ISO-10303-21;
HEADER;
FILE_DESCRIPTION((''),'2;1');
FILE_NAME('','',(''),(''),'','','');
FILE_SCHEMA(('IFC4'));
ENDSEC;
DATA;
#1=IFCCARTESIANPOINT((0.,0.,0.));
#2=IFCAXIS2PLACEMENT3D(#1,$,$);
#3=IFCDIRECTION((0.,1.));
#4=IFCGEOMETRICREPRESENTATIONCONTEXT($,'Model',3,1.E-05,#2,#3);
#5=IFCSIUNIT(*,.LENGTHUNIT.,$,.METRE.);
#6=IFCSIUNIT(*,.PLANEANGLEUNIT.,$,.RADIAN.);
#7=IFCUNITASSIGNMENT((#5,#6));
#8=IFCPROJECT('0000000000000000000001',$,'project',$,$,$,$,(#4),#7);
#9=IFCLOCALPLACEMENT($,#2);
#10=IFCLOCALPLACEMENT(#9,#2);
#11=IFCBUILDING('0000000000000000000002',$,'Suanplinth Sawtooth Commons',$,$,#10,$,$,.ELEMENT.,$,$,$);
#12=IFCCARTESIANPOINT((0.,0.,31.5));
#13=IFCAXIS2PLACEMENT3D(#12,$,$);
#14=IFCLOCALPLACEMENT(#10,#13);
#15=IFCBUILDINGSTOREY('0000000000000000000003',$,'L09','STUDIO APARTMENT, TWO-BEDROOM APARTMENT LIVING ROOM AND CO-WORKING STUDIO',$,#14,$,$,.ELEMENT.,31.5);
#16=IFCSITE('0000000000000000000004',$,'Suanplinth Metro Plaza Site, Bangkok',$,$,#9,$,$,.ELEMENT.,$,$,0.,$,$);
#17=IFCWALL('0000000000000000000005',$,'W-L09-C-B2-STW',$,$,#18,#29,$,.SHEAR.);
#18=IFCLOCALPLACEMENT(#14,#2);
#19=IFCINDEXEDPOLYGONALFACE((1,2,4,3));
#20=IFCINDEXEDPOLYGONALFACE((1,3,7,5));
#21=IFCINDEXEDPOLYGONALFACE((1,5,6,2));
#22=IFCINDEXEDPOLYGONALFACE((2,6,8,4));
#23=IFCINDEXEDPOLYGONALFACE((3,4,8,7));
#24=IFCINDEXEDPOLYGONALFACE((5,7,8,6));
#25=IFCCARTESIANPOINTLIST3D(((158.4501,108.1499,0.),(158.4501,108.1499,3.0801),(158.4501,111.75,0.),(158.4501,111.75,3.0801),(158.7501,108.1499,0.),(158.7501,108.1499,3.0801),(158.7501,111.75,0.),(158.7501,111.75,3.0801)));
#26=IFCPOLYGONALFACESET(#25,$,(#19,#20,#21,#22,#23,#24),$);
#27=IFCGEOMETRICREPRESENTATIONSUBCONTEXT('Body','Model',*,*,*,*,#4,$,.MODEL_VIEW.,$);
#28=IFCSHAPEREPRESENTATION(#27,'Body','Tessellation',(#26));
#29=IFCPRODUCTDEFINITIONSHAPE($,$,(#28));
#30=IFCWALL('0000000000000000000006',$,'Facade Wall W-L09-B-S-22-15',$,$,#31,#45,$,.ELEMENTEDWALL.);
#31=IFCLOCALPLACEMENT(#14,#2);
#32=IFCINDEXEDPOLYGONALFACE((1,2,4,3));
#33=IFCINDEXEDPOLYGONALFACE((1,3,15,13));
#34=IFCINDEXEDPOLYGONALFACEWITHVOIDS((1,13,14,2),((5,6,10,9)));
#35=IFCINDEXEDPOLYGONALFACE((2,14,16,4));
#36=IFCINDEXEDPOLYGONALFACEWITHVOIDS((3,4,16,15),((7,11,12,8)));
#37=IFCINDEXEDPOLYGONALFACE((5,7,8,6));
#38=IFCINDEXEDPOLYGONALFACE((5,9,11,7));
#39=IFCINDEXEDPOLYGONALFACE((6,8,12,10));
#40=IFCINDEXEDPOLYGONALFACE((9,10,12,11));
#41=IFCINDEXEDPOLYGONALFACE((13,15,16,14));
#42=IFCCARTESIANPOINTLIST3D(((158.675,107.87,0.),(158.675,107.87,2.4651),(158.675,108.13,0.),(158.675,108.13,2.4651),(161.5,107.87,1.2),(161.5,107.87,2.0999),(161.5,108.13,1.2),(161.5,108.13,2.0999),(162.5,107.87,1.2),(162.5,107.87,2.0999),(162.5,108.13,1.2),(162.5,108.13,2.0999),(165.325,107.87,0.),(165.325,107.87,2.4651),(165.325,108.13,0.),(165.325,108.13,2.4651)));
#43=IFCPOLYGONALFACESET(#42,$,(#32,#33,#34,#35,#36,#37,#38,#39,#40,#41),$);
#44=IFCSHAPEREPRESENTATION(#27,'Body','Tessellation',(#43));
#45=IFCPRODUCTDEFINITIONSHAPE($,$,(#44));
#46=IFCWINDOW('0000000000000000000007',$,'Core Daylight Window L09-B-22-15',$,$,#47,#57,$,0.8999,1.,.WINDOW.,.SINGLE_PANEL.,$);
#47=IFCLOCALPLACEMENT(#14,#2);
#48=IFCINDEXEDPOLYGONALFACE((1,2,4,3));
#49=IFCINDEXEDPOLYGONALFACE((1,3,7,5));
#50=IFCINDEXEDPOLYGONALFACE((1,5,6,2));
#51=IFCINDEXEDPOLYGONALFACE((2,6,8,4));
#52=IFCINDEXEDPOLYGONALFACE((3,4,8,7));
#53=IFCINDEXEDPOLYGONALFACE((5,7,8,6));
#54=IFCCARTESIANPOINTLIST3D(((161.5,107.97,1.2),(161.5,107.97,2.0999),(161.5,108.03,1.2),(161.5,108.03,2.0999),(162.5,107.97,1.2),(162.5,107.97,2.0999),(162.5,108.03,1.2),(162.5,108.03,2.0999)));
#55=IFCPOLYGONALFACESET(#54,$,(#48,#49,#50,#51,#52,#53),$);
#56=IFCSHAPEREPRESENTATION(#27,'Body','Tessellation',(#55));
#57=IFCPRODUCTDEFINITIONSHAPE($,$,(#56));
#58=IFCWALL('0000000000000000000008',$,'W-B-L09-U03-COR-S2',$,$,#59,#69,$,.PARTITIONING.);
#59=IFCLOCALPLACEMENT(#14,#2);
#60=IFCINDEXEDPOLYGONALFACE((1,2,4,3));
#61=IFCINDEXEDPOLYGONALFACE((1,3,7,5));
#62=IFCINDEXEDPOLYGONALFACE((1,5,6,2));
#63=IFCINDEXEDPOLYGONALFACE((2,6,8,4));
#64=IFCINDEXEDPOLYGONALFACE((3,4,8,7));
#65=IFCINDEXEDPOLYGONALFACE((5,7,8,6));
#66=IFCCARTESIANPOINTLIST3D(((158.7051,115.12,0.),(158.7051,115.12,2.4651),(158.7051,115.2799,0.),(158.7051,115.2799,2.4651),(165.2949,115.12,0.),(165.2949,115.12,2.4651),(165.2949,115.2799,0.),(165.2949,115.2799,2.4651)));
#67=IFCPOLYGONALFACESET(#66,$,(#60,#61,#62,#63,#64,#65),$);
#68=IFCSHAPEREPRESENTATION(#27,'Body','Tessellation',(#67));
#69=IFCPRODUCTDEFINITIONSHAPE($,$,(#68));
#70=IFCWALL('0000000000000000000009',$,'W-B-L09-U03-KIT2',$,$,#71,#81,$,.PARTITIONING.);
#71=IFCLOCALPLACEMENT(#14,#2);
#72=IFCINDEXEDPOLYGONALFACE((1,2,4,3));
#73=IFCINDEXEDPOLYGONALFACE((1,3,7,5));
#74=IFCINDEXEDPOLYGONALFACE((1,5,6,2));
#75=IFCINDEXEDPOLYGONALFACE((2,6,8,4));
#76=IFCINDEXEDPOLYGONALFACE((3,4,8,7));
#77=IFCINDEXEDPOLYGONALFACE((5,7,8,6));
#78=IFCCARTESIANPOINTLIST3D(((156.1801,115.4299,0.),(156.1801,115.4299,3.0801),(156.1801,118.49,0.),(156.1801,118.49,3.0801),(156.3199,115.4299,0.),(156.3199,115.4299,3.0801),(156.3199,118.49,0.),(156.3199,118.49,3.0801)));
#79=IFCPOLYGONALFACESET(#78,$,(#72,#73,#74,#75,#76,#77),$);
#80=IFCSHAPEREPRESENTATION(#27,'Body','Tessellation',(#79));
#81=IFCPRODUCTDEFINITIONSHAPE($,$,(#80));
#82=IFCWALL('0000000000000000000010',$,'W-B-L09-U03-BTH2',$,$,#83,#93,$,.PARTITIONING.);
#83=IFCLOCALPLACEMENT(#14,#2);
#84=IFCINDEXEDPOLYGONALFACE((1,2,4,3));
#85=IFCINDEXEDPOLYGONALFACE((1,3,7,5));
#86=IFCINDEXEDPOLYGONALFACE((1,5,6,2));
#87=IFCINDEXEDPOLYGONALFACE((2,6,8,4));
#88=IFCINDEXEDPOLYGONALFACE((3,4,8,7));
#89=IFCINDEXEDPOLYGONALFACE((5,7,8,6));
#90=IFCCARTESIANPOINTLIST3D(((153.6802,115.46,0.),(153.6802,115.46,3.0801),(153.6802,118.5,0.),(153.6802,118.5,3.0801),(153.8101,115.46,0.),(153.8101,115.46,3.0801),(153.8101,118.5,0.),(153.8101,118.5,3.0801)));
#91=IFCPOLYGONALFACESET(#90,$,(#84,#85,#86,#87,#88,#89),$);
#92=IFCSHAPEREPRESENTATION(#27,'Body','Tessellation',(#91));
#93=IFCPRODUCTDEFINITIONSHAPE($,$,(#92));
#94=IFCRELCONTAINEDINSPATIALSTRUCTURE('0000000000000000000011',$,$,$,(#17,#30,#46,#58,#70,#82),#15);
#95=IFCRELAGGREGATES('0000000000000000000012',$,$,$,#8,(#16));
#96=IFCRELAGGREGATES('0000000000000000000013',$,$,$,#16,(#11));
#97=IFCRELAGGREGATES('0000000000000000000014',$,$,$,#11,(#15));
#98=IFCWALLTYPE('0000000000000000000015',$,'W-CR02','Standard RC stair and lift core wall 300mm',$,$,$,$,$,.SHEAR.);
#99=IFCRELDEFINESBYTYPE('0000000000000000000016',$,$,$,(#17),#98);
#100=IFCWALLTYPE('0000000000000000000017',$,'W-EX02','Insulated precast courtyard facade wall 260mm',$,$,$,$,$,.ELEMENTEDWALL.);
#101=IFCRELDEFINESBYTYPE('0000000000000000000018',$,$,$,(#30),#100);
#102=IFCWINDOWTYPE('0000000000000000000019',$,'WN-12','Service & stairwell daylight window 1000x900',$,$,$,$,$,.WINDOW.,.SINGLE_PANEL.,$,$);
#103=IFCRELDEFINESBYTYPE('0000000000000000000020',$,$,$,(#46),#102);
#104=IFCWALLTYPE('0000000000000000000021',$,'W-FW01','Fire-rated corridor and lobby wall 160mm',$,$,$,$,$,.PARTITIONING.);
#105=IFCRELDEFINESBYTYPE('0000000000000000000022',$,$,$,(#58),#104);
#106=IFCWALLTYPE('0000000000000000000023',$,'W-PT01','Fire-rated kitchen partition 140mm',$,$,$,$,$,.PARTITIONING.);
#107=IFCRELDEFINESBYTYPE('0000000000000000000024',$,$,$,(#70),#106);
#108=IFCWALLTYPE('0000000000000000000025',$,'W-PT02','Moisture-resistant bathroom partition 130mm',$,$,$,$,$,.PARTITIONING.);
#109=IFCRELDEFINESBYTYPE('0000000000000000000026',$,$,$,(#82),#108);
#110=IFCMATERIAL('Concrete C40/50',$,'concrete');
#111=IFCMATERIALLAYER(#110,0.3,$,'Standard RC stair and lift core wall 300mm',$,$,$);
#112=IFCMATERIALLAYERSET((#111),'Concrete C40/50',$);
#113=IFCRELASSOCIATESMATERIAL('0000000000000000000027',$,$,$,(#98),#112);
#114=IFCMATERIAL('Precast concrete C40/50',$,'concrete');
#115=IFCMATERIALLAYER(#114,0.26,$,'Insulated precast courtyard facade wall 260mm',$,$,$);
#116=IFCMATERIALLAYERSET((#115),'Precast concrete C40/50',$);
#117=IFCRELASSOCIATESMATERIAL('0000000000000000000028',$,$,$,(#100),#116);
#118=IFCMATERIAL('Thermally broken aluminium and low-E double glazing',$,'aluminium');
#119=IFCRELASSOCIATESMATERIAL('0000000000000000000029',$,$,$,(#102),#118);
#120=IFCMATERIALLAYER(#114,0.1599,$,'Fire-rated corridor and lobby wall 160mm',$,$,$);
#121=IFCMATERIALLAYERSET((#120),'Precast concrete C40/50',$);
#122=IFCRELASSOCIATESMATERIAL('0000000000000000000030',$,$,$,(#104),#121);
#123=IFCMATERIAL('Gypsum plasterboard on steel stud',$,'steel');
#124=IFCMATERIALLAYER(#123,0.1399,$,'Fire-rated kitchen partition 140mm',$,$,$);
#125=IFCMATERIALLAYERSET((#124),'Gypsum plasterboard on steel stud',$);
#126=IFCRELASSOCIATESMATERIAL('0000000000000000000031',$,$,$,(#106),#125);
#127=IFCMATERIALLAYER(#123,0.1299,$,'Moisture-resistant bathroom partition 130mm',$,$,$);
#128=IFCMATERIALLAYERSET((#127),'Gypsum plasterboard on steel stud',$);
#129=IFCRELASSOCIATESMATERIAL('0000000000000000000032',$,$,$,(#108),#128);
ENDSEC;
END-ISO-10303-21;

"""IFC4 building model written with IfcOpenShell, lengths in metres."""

from ifc_helpers import new_model, si_unit, direction, frame, frame_2d, origin, place, context, subcontext, project, spatial, rectangle, extrude, material, layer, layer_set, type_object, element, fill, save


model = new_model("IFC4")

# Units and contexts
model_context = context("Model", 3, precision=1e-05, world=origin(), true_north=direction((0.0, 1.0)))
body_context = subcontext(model_context, "Body", "Model", "MODEL_VIEW")
ifc_project = project(units=[si_unit("LENGTHUNIT", "METRE"), si_unit("PLANEANGLEUNIT", "RADIAN")], contexts=[model_context])

# Site, building, storey
site_placement = place(None, origin())
site = spatial("IfcSite", under=ifc_project, at=site_placement, Name="Suanplinth Metro Plaza Site, Bangkok", CompositionType="ELEMENT", RefElevation=0.0)
building_placement = place(site_placement, origin())
building = spatial("IfcBuilding", under=site, at=building_placement, Name="Suanplinth Sawtooth Commons", CompositionType="ELEMENT")
storey_placement = place(building_placement, frame((0.0, 0.0, 31.5)))
storey = spatial("IfcBuildingStorey", under=building, at=storey_placement, Name="L09", Description="STUDIO APARTMENT, TWO-BEDROOM APARTMENT LIVING ROOM AND CO-WORKING STUDIO", CompositionType="ELEMENT", Elevation=31.5)

# Shared definitions
ifc_material_1 = material(Name="Precast concrete C40/50", Category="concrete")

# Shared definitions
ifc_material_2 = material(Name="Concrete C40/50", Category="concrete")
ifc_layer_1 = layer(ifc_material_2, 0.3, Name="Standard RC stair and lift core wall 300mm")
ifc_layer_set_1 = layer_set([ifc_layer_1], Name="Concrete C40/50")
wall_type_1 = type_object("IfcWallType", Name="W-CR02", Description="Standard RC stair and lift core wall 300mm", PredefinedType="SHEAR", material=ifc_layer_set_1)

# Wall
wall_1_placement = place(storey_placement, frame((158.6001, 108.1499, 0.0), z_axis=(0.0, 0.0, 1.0), x_axis=(0.0, 1.0, 0.0)))
element("IfcWall", 1, at=wall_1_placement, inside=storey, type_object=wall_type_1, Name="W-L09-C-B2-STW", PredefinedType="SHEAR", context=body_context, shape_type="SweptSolid", body=[
    extrude(rectangle(XDim=3.6001, YDim=0.3, at=frame_2d((1.8, 0.0))), origin(), (0.0, 0.0, 1.0), 3.0801),
])

# Wall, opening, window
ifc_layer_2 = layer(ifc_material_1, 0.26, Name="Insulated precast courtyard facade wall 260mm")
ifc_layer_set_2 = layer_set([ifc_layer_2], Name="Precast concrete C40/50")
wall_type_2 = type_object("IfcWallType", Name="W-EX02", Description="Insulated precast courtyard facade wall 260mm", PredefinedType="ELEMENTEDWALL", material=ifc_layer_set_2)
wall_2_placement = place(storey_placement, frame((158.675, 108.0, 0.0), z_axis=(0.0, 0.0, 1.0), x_axis=(1.0, 0.0, 0.0)))
wall_2 = element("IfcWall", 2, at=wall_2_placement, inside=storey, type_object=wall_type_2, Name="Facade Wall W-L09-B-S-22-15", PredefinedType="ELEMENTEDWALL", context=body_context, shape_type="SweptSolid", body=[
    extrude(rectangle(XDim=6.6499, YDim=0.26, at=frame_2d((3.325, 0.0))), origin(), (0.0, 0.0, 1.0), 2.4651),
])
opening_1_placement = place(wall_2_placement, frame((2.825, 0.0, 1.2)))
opening_1 = element("IfcOpeningElement", 3, at=opening_1_placement, cuts=wall_2, PredefinedType="OPENING", context=body_context, shape_type="SweptSolid", body=[
    extrude(rectangle(XDim=1.0, YDim=0.8999, at=frame_2d((0.5, 0.45))), frame((0.0, 0.145, 0.0), z_axis=(0.0, -1.0, 0.0), x_axis=(1.0, 0.0, 0.0)), (0.0, 0.0, 1.0), 0.2898),
])
ifc_material_3 = material(Name="Thermally broken aluminium and low-E double glazing", Category="aluminium")
window_type = type_object("IfcWindowType", Name="WN-12", Description="Service & stairwell daylight window 1000x900", PartitioningType="SINGLE_PANEL", PredefinedType="WINDOW", material=ifc_material_3)
window_placement = place(opening_1_placement, origin())
window = element("IfcWindow", 4, at=window_placement, inside=storey, type_object=window_type, Name="Core Daylight Window L09-B-22-15", OverallHeight=0.8999, OverallWidth=1.0, PartitioningType="SINGLE_PANEL", PredefinedType="WINDOW", context=body_context, shape_type="SweptSolid", body=[
    extrude(rectangle(XDim=1.0, YDim=0.8999, at=frame_2d((0.5, 0.45))), frame((0.0, 0.03, 0.0), z_axis=(0.0, -1.0, 0.0), x_axis=(1.0, 0.0, 0.0)), (0.0, 0.0, 1.0), 0.0601),
])
fill(opening_1, window)

# Shared definitions
ifc_layer_3 = layer(ifc_material_1, 0.1599, Name="Fire-rated corridor and lobby wall 160mm")
ifc_layer_set_3 = layer_set([ifc_layer_3], Name="Precast concrete C40/50")
wall_type_3 = type_object("IfcWallType", Name="W-FW01", Description="Fire-rated corridor and lobby wall 160mm", PredefinedType="PARTITIONING", material=ifc_layer_set_3)

# Walls
wall_3_placement = place(storey_placement, frame((158.7051, 115.2, 0.0), z_axis=(0.0, 0.0, 1.0), x_axis=(1.0, 0.0, 0.0)))
element("IfcWall", 5, at=wall_3_placement, inside=storey, type_object=wall_type_3, Name="W-B-L09-U03-COR-S2", PredefinedType="PARTITIONING", context=body_context, shape_type="SweptSolid", body=[
    extrude(rectangle(XDim=6.5898, YDim=0.1599, at=frame_2d((3.2949, 0.0))), origin(), (0.0, 0.0, 1.0), 2.4651),
])
ifc_material_4 = material(Name="Gypsum plasterboard on steel stud", Category="steel")
ifc_layer_4 = layer(ifc_material_4, 0.1399, Name="Fire-rated kitchen partition 140mm")
ifc_layer_set_4 = layer_set([ifc_layer_4], Name="Gypsum plasterboard on steel stud")
wall_type_4 = type_object("IfcWallType", Name="W-PT01", Description="Fire-rated kitchen partition 140mm", PredefinedType="PARTITIONING", material=ifc_layer_set_4)
wall_4_placement = place(storey_placement, frame((156.25, 115.4299, 0.0), z_axis=(0.0, 0.0, 1.0), x_axis=(0.0, 1.0, 0.0)))
element("IfcWall", 6, at=wall_4_placement, inside=storey, type_object=wall_type_4, Name="W-B-L09-U03-KIT2", PredefinedType="PARTITIONING", context=body_context, shape_type="SweptSolid", body=[
    extrude(rectangle(XDim=3.0601, YDim=0.1399, at=frame_2d((1.53, 0.0))), origin(), (0.0, 0.0, 1.0), 3.0801),
])
ifc_layer_5 = layer(ifc_material_4, 0.1299, Name="Moisture-resistant bathroom partition 130mm")
ifc_layer_set_5 = layer_set([ifc_layer_5], Name="Gypsum plasterboard on steel stud")
wall_type_5 = type_object("IfcWallType", Name="W-PT02", Description="Moisture-resistant bathroom partition 130mm", PredefinedType="PARTITIONING", material=ifc_layer_set_5)
wall_5_placement = place(storey_placement, frame((153.7451, 115.46, 0.0), z_axis=(0.0, 0.0, 1.0), x_axis=(0.0, 1.0, 0.0)))
element("IfcWall", 7, at=wall_5_placement, inside=storey, type_object=wall_type_5, Name="W-B-L09-U03-BTH2", PredefinedType="PARTITIONING", context=body_context, shape_type="SweptSolid", body=[
    extrude(rectangle(XDim=3.04, YDim=0.1299, at=frame_2d((1.52, 0.0))), origin(), (0.0, 0.0, 1.0), 3.0801),
])

save(model, "model.ifc")
